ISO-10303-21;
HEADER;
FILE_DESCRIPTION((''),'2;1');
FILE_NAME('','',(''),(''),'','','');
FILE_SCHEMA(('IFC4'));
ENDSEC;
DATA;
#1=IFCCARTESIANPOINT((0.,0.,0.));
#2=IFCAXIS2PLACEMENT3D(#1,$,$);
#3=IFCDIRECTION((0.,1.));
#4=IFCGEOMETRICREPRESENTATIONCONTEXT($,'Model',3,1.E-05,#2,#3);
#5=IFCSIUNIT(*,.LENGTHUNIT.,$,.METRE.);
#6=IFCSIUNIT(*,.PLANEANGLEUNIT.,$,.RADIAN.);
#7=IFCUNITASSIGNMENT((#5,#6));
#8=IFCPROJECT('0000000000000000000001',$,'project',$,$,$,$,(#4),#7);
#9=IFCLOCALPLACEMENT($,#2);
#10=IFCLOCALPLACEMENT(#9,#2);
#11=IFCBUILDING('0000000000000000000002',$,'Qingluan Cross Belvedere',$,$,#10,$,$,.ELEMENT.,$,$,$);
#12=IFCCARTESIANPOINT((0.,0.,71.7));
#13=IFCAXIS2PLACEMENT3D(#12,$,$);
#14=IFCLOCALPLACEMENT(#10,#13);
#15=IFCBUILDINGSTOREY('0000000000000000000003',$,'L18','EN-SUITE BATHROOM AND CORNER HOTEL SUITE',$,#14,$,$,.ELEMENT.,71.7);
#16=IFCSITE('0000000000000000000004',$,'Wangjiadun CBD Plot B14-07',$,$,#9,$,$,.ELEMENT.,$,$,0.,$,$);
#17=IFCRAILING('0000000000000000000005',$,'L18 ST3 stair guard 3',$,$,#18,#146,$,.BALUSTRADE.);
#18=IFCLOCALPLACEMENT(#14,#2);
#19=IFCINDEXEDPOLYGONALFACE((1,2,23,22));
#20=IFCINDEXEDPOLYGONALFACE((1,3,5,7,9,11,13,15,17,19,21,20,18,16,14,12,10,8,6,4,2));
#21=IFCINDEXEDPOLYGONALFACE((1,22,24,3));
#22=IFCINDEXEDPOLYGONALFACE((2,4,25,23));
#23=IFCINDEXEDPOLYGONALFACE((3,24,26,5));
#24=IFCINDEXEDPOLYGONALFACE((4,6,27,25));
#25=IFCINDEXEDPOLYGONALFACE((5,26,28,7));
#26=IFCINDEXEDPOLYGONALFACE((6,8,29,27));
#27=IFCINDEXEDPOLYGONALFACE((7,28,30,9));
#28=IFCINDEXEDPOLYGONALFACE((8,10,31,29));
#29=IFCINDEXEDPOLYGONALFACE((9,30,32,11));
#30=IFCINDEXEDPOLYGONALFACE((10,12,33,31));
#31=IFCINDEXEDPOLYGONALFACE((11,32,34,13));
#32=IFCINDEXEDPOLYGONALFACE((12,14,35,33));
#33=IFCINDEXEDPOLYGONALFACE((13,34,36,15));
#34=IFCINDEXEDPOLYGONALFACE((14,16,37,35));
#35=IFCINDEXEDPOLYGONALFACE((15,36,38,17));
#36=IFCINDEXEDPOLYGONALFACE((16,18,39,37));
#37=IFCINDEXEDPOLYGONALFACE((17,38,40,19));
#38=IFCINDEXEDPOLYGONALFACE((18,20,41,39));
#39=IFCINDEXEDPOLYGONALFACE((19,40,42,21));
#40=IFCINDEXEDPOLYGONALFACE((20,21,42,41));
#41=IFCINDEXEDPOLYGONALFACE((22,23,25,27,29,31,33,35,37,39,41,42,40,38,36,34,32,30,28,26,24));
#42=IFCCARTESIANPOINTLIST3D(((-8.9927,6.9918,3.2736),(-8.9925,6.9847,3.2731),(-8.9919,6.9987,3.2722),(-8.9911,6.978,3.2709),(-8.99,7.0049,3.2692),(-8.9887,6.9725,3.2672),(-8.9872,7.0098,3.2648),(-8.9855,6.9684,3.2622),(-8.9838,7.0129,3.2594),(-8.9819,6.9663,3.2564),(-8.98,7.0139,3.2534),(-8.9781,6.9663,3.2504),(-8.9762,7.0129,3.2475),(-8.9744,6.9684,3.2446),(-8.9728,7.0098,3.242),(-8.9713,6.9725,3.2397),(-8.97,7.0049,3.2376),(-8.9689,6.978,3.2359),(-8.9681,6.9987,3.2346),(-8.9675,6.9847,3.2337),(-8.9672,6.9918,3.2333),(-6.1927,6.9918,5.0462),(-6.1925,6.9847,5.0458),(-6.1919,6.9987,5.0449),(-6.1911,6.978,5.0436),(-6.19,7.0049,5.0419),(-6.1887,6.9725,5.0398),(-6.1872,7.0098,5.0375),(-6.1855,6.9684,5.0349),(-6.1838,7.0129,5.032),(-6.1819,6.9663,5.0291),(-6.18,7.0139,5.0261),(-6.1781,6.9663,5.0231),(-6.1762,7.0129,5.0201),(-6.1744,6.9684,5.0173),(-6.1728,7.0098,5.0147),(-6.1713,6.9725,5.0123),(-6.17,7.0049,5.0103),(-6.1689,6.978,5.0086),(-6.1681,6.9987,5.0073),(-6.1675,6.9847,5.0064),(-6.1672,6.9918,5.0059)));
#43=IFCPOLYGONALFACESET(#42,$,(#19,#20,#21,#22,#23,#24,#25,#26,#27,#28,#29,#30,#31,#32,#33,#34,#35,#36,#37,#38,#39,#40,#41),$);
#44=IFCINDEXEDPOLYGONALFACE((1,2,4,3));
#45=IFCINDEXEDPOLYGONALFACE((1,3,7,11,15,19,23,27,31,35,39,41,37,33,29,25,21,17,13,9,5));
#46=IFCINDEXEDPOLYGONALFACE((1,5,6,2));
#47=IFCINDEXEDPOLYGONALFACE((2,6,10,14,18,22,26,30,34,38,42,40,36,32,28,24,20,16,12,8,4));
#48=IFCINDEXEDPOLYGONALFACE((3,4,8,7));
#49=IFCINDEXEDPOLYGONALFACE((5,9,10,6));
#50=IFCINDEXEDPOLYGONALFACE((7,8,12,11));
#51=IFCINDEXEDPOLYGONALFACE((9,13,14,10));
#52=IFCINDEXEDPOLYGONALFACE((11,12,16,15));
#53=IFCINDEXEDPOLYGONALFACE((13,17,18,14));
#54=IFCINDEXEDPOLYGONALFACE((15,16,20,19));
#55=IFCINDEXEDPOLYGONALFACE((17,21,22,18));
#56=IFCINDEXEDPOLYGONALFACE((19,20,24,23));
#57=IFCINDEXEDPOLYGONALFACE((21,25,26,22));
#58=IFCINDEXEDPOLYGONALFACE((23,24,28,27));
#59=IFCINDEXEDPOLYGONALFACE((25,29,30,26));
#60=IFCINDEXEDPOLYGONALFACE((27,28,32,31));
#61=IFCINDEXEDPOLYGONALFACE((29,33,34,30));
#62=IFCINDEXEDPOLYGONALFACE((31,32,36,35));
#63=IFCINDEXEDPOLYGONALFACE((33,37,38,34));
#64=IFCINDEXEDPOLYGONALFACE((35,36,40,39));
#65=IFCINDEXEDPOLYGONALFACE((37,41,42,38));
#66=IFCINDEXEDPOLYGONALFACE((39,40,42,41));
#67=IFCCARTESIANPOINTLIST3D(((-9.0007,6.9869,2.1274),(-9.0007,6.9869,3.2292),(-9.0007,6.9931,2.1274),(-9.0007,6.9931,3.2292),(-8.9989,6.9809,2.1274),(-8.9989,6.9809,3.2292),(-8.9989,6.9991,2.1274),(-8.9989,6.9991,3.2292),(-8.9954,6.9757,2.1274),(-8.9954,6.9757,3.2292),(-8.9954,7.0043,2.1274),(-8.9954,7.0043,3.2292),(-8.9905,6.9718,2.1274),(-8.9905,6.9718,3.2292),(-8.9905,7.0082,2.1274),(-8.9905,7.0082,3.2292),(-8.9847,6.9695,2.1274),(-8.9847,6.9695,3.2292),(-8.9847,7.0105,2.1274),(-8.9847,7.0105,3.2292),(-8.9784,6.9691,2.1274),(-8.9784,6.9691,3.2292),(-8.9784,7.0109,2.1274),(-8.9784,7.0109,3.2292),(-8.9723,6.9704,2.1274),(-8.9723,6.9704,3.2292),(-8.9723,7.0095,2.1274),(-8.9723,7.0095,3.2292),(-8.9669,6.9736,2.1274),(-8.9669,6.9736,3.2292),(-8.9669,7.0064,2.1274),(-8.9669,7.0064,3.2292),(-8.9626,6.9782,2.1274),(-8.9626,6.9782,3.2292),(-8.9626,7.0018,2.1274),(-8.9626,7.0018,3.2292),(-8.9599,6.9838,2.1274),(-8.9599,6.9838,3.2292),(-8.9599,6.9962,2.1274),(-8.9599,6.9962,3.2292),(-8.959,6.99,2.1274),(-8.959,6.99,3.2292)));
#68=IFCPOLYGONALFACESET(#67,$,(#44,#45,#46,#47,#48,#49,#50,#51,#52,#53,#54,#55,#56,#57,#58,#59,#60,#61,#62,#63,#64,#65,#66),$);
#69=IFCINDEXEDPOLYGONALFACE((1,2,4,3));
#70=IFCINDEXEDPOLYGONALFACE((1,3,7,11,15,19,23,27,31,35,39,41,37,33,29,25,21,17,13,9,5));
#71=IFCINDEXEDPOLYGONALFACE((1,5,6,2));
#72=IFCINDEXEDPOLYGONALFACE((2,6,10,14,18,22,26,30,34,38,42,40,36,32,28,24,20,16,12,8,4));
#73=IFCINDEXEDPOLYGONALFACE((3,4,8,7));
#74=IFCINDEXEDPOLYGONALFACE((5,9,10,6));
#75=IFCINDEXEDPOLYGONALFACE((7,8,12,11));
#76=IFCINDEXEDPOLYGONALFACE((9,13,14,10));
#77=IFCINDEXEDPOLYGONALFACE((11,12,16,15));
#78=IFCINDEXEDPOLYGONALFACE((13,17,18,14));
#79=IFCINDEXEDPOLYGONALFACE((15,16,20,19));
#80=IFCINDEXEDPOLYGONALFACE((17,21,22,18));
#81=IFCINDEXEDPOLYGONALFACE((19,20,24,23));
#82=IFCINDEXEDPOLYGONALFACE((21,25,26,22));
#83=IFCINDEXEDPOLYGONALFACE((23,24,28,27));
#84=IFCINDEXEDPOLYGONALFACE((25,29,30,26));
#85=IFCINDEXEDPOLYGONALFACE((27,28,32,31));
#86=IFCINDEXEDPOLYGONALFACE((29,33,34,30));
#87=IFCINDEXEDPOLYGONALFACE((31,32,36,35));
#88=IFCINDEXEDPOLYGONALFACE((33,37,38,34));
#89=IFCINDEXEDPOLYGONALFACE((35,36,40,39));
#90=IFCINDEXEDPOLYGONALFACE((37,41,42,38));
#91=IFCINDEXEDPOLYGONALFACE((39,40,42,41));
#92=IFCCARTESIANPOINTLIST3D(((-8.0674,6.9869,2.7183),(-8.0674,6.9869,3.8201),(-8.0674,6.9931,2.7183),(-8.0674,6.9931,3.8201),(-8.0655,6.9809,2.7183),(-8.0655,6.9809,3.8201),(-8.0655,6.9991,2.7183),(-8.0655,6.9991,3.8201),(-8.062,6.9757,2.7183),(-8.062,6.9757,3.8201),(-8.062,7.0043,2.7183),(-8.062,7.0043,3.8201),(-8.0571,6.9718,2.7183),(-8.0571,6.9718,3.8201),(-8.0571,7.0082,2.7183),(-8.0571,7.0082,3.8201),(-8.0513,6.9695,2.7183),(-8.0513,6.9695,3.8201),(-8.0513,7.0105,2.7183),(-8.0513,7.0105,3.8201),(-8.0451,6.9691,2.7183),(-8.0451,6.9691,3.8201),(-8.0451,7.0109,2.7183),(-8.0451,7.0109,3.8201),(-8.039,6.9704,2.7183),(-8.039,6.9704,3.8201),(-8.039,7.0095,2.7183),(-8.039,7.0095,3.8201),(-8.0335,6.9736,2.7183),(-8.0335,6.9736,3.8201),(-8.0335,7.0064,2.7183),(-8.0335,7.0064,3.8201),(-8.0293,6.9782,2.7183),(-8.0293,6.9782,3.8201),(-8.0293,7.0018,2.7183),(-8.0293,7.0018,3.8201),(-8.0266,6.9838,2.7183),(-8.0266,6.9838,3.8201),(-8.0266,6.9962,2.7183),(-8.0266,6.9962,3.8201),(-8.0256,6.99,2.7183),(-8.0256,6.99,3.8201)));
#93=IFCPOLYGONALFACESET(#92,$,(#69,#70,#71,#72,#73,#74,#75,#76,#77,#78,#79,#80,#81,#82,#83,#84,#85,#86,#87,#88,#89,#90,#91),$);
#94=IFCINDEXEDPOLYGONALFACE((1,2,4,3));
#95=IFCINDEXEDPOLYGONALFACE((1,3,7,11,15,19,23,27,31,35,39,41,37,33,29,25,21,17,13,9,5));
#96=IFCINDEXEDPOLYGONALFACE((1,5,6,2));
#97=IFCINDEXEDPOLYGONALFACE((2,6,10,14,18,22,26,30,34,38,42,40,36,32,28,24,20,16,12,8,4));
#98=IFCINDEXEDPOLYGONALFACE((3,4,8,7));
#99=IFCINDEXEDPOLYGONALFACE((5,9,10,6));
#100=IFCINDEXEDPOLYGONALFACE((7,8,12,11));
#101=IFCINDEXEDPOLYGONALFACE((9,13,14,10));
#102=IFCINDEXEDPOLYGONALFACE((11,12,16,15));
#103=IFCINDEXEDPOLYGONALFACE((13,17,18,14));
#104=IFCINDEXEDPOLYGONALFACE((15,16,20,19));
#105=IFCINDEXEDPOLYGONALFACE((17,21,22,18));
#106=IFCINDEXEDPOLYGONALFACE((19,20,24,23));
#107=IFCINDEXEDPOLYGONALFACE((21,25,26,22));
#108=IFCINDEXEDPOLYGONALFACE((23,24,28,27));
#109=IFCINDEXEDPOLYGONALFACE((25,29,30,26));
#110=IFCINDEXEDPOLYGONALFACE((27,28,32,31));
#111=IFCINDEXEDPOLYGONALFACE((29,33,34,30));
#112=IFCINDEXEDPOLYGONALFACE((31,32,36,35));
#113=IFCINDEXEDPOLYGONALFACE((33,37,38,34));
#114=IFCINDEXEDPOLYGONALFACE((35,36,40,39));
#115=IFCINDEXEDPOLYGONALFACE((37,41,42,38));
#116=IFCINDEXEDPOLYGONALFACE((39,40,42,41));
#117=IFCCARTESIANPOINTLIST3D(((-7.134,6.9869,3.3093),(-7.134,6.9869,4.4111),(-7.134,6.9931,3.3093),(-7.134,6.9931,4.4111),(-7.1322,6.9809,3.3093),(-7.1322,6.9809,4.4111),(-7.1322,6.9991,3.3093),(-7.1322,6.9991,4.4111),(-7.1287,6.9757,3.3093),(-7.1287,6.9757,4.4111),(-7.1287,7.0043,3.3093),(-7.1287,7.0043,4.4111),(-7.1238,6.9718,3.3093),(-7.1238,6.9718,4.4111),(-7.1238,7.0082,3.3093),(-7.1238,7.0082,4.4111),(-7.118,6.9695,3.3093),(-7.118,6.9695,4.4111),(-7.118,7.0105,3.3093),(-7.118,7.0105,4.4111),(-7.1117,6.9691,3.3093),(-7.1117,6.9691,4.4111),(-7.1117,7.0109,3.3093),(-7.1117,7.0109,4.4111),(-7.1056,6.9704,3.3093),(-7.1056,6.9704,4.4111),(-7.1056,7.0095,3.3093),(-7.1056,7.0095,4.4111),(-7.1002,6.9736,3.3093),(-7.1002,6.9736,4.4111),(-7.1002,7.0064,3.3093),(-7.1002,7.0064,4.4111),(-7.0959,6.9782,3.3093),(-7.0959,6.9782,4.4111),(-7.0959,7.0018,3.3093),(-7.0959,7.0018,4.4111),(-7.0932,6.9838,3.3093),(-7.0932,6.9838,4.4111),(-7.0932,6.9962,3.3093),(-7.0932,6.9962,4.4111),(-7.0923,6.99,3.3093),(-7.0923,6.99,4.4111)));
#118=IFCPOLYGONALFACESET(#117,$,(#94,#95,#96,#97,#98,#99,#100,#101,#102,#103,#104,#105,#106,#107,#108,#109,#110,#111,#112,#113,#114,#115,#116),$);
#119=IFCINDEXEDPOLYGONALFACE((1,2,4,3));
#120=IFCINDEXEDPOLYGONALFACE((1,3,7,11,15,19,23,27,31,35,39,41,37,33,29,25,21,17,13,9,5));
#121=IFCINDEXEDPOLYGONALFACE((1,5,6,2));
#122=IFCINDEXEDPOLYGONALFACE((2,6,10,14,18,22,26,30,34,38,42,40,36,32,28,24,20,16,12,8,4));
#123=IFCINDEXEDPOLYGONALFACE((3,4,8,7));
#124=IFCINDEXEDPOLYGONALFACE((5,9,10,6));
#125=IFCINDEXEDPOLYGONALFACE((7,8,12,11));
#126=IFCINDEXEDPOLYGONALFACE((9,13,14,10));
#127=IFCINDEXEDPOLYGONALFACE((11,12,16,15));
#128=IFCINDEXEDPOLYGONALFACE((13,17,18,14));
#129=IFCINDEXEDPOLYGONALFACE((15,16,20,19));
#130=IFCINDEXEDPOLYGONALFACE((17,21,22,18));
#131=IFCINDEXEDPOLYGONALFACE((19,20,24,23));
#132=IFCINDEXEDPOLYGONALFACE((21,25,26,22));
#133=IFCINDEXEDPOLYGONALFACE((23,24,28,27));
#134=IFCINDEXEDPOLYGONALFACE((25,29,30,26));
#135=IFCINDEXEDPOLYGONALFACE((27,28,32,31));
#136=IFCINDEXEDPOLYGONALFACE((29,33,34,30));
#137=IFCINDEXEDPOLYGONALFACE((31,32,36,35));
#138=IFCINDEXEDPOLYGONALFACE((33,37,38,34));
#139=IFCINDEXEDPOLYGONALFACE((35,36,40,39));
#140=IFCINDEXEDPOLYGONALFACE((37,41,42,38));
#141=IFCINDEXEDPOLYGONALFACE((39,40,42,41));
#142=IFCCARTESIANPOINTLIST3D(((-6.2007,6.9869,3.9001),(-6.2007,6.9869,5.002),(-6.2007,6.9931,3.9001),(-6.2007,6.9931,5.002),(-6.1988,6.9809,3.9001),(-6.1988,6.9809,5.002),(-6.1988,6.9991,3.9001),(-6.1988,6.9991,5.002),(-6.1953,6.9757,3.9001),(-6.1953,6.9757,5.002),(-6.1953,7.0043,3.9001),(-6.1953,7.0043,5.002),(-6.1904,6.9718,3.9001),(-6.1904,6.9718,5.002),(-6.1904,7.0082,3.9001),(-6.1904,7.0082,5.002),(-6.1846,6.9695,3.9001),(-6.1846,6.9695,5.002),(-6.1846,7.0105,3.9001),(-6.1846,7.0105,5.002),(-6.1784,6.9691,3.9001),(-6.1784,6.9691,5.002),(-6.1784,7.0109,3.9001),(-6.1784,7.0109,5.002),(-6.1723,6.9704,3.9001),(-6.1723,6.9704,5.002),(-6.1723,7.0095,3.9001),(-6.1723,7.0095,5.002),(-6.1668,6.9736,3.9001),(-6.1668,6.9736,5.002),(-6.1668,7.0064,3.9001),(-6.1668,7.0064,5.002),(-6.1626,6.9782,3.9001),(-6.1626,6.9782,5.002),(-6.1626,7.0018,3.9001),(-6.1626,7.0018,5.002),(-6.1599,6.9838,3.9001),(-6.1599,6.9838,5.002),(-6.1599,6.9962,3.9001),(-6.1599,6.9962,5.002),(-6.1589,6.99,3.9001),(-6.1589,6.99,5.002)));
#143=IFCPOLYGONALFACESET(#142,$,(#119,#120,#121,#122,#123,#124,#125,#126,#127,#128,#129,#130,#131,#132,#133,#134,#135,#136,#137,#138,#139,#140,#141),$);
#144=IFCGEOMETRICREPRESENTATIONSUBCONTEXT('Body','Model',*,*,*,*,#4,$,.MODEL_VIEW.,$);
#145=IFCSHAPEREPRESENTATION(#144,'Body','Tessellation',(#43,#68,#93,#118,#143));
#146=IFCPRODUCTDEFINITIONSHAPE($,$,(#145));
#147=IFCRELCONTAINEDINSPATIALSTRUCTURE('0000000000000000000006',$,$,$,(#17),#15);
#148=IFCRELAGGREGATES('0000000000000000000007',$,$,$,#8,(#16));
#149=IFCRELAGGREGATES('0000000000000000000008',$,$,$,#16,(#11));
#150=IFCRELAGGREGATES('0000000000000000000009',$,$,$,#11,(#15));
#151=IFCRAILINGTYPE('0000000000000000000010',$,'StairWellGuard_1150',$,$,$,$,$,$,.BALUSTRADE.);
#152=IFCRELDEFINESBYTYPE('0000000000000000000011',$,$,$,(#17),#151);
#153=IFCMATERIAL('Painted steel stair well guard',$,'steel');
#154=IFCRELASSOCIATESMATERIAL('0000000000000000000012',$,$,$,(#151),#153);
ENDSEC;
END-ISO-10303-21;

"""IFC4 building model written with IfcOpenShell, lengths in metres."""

from ifc_helpers import new_model, si_unit, direction, frame, origin, origin_2d, place, context, subcontext, project, spatial, circle, extrude, material, type_object, element, save


model = new_model("IFC4")

# Units and contexts
model_context = context("Model", 3, precision=1e-05, world=origin(), true_north=direction((0.0, 1.0)))
body_context = subcontext(model_context, "Body", "Model", "MODEL_VIEW")
ifc_project = project(units=[si_unit("LENGTHUNIT", "METRE"), si_unit("PLANEANGLEUNIT", "RADIAN")], contexts=[model_context])

# Site, building, storey
site_placement = place(None, origin())
site = spatial("IfcSite", under=ifc_project, at=site_placement, Name="Wangjiadun CBD Plot B14-07", CompositionType="ELEMENT", RefElevation=0.0)
building_placement = place(site_placement, origin())
building = spatial("IfcBuilding", under=site, at=building_placement, Name="Qingluan Cross Belvedere", CompositionType="ELEMENT")
storey_placement = place(building_placement, frame((0.0, 0.0, 71.7)))
storey = spatial("IfcBuildingStorey", under=building, at=storey_placement, Name="L18", Description="EN-SUITE BATHROOM AND CORNER HOTEL SUITE", CompositionType="ELEMENT", Elevation=71.7)

# Railing
ifc_material_1 = material(Name="Painted steel stair well guard", Category="steel")
railing_type_1 = type_object("IfcRailingType", Name="StairWellGuard_1150", PredefinedType="BALUSTRADE", material=ifc_material_1)
railing_1_placement = place(storey_placement, frame((-8.98, 6.99, 2.1274)))
element("IfcRailing", 1, at=railing_1_placement, inside=storey, type_object=railing_type_1, Name="L18 ST3 stair guard 3", PredefinedType="BALUSTRADE", context=body_context, shape_type="SweptSolid", body=[
    extrude(circle(Radius=0.0239, at=origin_2d()), frame((0.0, 0.0, 1.126), z_axis=(0.844909, 0.0, 0.53491), x_axis=(0.0, 1.0, 0.0)), (0.0, 0.0, 1.0), 3.314),
    extrude(circle(Radius=0.021, at=origin_2d()), origin(), (0.0, 0.0, 1.0), 1.1018),
    extrude(circle(Radius=0.021, at=origin_2d()), frame((0.9333, 0.0, 0.5908)), (0.0, 0.0, 1.0), 1.1018),
    extrude(circle(Radius=0.021, at=origin_2d()), frame((1.8667, 0.0, 1.1819)), (0.0, 0.0, 1.0), 1.1018),
    extrude(circle(Radius=0.021, at=origin_2d()), frame((2.8, 0.0, 1.7727)), (0.0, 0.0, 1.0), 1.1018),
])

save(model, "model.ifc")
